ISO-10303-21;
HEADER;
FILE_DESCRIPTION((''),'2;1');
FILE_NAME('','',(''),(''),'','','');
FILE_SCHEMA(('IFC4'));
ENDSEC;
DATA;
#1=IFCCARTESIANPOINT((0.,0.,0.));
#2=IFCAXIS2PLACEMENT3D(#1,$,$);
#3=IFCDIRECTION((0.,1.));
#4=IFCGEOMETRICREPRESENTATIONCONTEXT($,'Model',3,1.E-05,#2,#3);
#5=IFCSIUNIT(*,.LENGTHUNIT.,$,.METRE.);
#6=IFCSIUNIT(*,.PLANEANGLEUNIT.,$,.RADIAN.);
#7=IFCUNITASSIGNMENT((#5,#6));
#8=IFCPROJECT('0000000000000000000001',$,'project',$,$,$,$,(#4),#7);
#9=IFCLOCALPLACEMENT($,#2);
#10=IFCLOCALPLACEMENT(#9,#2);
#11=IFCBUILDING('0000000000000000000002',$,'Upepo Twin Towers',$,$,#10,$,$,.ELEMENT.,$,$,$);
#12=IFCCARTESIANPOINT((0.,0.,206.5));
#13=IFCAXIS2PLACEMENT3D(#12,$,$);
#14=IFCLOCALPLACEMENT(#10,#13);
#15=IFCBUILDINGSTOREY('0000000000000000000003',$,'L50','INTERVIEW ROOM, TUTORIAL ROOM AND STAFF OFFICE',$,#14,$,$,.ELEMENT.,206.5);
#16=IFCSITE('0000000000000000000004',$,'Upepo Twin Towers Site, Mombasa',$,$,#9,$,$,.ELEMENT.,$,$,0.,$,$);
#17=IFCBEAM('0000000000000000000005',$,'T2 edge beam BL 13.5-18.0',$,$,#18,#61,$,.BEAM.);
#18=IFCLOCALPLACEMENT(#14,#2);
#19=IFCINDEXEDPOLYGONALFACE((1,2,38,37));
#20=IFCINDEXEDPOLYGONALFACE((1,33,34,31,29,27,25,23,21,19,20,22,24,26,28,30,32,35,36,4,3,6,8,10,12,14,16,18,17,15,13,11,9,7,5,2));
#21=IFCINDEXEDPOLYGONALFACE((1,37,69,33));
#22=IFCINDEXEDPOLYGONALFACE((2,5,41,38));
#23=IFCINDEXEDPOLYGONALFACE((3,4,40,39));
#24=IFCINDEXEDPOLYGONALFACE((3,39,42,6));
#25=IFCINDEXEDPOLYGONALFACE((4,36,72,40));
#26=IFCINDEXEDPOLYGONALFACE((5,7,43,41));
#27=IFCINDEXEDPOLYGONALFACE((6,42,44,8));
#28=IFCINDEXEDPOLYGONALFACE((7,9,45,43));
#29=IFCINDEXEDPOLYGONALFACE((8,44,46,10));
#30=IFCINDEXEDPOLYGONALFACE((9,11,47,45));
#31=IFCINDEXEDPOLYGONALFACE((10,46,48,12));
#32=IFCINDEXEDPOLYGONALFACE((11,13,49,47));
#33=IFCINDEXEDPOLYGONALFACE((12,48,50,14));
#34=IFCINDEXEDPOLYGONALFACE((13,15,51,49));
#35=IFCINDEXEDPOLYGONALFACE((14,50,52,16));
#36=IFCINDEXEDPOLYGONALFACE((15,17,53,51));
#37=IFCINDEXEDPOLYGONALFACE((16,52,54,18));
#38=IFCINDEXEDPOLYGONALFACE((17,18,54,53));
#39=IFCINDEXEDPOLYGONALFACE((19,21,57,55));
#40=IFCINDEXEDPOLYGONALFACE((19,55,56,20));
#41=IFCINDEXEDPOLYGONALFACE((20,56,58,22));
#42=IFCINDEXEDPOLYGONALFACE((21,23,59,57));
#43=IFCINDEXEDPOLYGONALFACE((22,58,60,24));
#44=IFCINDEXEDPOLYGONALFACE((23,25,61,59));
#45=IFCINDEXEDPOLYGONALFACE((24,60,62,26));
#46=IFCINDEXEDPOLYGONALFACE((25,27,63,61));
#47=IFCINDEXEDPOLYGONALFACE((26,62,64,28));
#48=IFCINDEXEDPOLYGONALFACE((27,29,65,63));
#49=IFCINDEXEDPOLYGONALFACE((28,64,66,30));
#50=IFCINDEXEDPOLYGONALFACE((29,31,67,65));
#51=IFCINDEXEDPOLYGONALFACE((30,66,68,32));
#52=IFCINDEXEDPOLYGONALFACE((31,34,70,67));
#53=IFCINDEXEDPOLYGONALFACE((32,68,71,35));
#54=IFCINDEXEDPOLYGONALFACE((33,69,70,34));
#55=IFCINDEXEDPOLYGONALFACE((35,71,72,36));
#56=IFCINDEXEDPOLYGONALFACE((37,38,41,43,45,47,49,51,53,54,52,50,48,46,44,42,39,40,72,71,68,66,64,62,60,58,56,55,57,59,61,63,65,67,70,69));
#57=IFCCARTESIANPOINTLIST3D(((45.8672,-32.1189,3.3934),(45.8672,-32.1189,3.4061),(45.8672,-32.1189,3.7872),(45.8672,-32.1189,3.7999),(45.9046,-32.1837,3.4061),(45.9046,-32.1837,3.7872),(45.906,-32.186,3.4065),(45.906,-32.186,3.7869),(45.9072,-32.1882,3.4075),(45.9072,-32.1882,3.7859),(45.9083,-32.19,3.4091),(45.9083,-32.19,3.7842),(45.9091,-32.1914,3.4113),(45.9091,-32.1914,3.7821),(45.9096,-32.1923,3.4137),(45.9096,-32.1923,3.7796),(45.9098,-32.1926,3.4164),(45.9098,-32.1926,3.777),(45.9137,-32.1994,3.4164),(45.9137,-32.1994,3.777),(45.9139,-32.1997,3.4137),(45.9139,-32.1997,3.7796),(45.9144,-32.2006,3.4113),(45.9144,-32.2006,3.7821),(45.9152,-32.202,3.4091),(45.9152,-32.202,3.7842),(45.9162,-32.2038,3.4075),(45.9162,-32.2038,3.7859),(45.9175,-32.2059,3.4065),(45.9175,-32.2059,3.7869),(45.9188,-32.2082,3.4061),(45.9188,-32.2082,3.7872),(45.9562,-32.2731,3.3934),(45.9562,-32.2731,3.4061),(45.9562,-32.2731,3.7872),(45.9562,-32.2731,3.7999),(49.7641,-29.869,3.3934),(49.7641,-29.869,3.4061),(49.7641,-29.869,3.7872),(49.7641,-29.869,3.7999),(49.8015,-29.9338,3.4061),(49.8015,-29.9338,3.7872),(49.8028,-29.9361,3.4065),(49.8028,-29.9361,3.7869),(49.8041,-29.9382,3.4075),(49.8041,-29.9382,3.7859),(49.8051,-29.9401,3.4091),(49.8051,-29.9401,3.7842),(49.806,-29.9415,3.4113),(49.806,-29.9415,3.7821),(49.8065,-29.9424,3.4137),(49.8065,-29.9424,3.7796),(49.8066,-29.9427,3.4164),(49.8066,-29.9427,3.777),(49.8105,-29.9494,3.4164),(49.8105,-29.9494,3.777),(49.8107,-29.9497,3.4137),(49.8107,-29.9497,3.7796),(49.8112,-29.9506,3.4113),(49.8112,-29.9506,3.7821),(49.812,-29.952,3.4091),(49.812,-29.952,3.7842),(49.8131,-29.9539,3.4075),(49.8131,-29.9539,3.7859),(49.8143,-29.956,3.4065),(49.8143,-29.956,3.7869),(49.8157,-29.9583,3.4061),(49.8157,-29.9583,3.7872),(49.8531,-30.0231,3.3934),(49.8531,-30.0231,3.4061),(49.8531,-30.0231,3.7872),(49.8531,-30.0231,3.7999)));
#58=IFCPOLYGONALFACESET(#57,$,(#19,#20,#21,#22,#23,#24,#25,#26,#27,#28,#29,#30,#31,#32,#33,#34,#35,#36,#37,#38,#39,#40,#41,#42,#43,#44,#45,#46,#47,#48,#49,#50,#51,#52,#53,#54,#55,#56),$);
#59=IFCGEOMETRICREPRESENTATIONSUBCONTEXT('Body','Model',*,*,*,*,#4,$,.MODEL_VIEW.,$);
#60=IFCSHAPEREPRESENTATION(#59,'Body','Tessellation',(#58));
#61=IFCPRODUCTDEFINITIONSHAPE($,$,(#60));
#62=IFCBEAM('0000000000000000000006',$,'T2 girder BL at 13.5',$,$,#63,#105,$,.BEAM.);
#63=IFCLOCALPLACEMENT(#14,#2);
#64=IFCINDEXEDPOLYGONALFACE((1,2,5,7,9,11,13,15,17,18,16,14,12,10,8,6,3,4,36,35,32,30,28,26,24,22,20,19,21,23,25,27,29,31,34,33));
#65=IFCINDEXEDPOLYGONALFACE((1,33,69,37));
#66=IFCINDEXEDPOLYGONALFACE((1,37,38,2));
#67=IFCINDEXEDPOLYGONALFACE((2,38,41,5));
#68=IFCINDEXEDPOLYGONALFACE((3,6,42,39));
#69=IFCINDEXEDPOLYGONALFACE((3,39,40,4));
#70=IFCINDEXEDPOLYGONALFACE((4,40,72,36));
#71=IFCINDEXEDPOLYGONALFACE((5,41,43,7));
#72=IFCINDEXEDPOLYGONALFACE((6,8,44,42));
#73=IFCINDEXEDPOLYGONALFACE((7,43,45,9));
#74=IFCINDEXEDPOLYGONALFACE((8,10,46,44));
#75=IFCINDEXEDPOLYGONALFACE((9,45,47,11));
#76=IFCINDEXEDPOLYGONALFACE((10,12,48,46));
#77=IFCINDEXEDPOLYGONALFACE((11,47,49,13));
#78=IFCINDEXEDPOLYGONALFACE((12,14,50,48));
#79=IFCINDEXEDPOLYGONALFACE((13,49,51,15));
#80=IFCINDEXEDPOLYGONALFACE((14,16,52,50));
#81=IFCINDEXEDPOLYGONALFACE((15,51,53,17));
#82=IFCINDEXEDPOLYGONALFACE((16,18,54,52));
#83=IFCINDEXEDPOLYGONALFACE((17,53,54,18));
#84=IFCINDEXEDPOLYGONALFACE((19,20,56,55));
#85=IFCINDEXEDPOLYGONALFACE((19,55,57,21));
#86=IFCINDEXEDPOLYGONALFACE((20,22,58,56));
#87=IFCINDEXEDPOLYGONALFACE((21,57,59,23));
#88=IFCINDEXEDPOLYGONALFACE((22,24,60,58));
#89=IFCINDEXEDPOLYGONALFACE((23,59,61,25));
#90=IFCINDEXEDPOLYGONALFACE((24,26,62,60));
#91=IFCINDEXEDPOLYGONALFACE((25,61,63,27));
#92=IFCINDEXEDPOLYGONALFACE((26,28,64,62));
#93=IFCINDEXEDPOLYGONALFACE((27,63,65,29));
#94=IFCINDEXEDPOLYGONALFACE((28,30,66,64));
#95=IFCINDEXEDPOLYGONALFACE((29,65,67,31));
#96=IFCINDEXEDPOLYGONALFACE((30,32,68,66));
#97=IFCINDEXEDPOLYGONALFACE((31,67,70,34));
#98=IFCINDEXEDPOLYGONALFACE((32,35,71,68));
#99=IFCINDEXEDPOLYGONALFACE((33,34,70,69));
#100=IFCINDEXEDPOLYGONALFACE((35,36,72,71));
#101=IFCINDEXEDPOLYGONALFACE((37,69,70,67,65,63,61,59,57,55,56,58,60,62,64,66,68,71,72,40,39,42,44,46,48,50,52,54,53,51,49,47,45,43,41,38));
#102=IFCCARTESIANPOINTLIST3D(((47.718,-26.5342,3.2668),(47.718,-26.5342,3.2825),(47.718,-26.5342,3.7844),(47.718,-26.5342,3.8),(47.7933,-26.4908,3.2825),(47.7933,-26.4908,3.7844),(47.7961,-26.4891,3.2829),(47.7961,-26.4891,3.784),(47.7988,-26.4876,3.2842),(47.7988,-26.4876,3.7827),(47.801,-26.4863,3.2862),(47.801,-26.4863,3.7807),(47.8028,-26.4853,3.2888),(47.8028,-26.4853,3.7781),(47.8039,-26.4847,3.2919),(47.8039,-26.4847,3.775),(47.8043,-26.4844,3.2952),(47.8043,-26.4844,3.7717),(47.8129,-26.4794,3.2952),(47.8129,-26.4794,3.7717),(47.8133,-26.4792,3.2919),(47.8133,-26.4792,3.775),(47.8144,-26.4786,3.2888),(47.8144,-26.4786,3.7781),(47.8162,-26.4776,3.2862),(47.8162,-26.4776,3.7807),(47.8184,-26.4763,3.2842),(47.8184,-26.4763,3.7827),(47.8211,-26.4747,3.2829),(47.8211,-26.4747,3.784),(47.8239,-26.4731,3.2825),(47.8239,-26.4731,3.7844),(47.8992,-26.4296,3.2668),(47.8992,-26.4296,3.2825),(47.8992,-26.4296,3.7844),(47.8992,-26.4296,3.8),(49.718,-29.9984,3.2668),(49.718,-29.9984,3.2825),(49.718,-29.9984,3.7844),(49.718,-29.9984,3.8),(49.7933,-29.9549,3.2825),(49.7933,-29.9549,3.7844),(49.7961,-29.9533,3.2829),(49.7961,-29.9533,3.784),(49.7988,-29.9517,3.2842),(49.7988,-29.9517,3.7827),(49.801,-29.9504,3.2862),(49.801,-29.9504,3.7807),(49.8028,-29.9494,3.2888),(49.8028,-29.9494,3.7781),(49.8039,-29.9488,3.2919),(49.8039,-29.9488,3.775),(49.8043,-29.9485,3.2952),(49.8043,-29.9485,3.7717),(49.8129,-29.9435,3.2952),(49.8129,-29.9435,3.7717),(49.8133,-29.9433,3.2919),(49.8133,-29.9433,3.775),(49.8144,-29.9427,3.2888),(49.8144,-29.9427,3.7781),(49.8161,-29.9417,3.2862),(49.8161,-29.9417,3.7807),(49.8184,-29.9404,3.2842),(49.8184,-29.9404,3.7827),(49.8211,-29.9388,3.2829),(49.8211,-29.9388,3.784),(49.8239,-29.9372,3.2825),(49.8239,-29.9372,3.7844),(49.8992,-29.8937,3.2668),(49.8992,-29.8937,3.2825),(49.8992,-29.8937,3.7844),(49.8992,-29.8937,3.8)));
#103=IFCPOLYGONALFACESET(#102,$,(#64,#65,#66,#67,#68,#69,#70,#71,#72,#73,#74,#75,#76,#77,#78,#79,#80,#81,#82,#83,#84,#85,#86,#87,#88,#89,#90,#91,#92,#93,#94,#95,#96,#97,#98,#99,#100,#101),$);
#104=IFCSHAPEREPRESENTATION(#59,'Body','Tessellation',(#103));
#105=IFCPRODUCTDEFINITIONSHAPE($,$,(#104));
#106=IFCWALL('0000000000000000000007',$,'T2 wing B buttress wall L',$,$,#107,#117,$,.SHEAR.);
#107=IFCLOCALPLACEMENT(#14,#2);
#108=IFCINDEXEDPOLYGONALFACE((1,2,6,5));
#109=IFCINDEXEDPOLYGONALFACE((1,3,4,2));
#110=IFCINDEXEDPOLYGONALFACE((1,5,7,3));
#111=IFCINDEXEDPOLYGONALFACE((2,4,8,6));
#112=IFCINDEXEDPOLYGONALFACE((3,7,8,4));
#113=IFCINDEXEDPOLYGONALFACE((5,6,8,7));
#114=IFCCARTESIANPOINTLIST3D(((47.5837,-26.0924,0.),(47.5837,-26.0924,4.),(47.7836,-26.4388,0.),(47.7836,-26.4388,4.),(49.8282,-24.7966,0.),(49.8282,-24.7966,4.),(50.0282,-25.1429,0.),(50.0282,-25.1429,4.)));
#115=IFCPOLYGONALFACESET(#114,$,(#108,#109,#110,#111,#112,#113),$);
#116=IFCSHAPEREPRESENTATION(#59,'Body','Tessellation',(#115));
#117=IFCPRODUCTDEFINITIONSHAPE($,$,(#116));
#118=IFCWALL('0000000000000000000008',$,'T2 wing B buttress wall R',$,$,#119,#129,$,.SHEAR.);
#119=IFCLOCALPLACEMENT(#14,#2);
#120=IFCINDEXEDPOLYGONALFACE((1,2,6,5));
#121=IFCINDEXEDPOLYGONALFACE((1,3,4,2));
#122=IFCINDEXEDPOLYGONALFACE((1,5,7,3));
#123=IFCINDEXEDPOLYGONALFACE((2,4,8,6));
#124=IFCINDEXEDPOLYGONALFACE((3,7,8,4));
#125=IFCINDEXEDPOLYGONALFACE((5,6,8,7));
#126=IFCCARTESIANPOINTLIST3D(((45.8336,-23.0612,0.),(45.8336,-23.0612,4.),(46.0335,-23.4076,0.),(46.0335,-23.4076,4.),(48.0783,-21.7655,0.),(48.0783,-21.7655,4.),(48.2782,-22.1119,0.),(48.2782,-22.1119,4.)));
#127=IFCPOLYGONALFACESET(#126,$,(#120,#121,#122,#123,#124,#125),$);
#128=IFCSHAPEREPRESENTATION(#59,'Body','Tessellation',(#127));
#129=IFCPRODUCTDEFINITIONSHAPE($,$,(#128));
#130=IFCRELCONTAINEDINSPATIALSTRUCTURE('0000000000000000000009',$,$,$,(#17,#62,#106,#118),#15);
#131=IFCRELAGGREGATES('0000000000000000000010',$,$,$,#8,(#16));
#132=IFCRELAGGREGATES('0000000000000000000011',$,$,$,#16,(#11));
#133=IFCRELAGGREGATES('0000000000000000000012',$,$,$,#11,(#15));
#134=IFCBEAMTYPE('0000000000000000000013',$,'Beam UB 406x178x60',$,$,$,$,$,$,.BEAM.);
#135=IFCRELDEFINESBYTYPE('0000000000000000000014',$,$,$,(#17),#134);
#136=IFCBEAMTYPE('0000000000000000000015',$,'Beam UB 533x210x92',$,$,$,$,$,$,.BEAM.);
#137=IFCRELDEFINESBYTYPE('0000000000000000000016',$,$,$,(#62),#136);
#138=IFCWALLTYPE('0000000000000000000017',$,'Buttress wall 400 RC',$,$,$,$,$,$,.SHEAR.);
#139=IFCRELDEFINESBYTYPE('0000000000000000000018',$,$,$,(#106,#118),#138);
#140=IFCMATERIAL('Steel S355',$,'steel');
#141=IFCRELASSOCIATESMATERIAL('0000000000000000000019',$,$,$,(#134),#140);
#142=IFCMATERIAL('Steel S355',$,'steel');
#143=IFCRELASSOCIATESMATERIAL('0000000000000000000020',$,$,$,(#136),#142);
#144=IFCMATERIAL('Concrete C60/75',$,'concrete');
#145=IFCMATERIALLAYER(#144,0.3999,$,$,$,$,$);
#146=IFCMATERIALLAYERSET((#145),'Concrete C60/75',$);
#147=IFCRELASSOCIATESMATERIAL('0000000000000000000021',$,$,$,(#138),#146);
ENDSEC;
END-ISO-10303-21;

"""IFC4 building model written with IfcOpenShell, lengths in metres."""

from ifc_helpers import new_model, si_unit, direction, frame, frame_2d, origin, origin_2d, place, context, subcontext, project, spatial, rectangle, i_section, extrude, material, layer, layer_set, material_profile, profile_set, type_object, element, save


model = new_model("IFC4")

# Units and contexts
model_context = context("Model", 3, precision=1e-05, world=origin(), true_north=direction((0.0, 1.0)))
body_context = subcontext(model_context, "Body", "Model", "MODEL_VIEW")
ifc_project = project(units=[si_unit("LENGTHUNIT", "METRE"), si_unit("PLANEANGLEUNIT", "RADIAN")], contexts=[model_context])

# Site, building, storey
site_placement = place(None, origin())
site = spatial("IfcSite", under=ifc_project, at=site_placement, Name="Upepo Twin Towers Site, Mombasa", CompositionType="ELEMENT", RefElevation=0.0)
building_placement = place(site_placement, origin())
building = spatial("IfcBuilding", under=site, at=building_placement, Name="Upepo Twin Towers", CompositionType="ELEMENT")
storey_placement = place(building_placement, frame((0.0, 0.0, 206.5)))
storey = spatial("IfcBuildingStorey", under=building, at=storey_placement, Name="L50", Description="INTERVIEW ROOM, TUTORIAL ROOM AND STAFF OFFICE", CompositionType="ELEMENT", Elevation=206.5)

# Beams
ifc_material_1 = material(Name="Steel S355", Category="steel")
ifc_material_profile_1 = material_profile(ifc_material_1, i_section(OverallWidth=0.178, OverallDepth=0.4065, WebThickness=0.0078, FlangeThickness=0.0127, FilletRadius=0.0103, at=origin_2d()), Name="UB 406x178x60")
ifc_profile_set_1 = profile_set([ifc_material_profile_1], Name="Steel S355")
beam_type_1 = type_object("IfcBeamType", Name="Beam UB 406x178x60", PredefinedType="BEAM", material=ifc_profile_set_1)
beam_1_placement = place(storey_placement, frame((49.8086, -29.946, 3.5967), z_axis=(-0.866018, -0.500014, 0.0), x_axis=(0.500014, -0.866018, 0.0)))
element("IfcBeam", 1, at=beam_1_placement, inside=storey, type_object=beam_type_1, Name="T2 edge beam BL 13.5-18.0", PredefinedType="BEAM", context=body_context, shape_type="SweptSolid", body=[
    extrude(i_section(OverallWidth=0.178, OverallDepth=0.4065, WebThickness=0.0078, FlangeThickness=0.0127, FilletRadius=0.0103, at=origin_2d()), origin(), (0.0, 0.0, 1.0), 4.4998),
])
ifc_material_2 = material(Name="Steel S355", Category="steel")
ifc_material_profile_2 = material_profile(ifc_material_2, i_section(OverallWidth=0.2092, OverallDepth=0.5332, WebThickness=0.01, FlangeThickness=0.0156, FilletRadius=0.0127, at=origin_2d()), Name="UB 533x210x92")
ifc_profile_set_2 = profile_set([ifc_material_profile_2], Name="Steel S355")
beam_type_2 = type_object("IfcBeamType", Name="Beam UB 533x210x92", PredefinedType="BEAM", material=ifc_profile_set_2)
beam_2_placement = place(storey_placement, frame((49.8086, -29.946, 3.5334), z_axis=(-0.499999, 0.866026, 0.0), x_axis=(-0.866026, -0.499999, 0.0)))
element("IfcBeam", 2, at=beam_2_placement, inside=storey, type_object=beam_type_2, Name="T2 girder BL at 13.5", PredefinedType="BEAM", context=body_context, shape_type="SweptSolid", body=[
    extrude(i_section(OverallWidth=0.2092, OverallDepth=0.5332, WebThickness=0.01, FlangeThickness=0.0156, FilletRadius=0.0127, at=origin_2d()), origin(), (0.0, 0.0, 1.0), 4.0),
])

# Walls
ifc_material_3 = material(Name="Concrete C60/75", Category="concrete")
ifc_layer_1 = layer(ifc_material_3, 0.3999)
ifc_layer_set_1 = layer_set([ifc_layer_1], Name="Concrete C60/75")
wall_type_1 = type_object("IfcWallType", Name="Buttress wall 400 RC", PredefinedType="SHEAR", material=ifc_layer_set_1)
for number, where, z_axis, x_axis, name in (
    (3, (49.9282, -24.9697, 0.0), (0.0, 0.0, 1.0), (-0.866032, -0.499989, 0.0), "T2 wing B buttress wall L"),
    (4, (48.1782, -21.9387, 0.0), (0.0, 0.0, 1.0), (-0.866073, -0.499918, 0.0), "T2 wing B buttress wall R"),
):
    element("IfcWall", number, at=place(storey_placement, frame(where, z_axis=z_axis, x_axis=x_axis)), inside=storey, type_object=wall_type_1, Name=name, PredefinedType="SHEAR", context=body_context, shape_type="SweptSolid", body=[
        extrude(rectangle(XDim=2.5918, YDim=0.3999, at=frame_2d((1.2959, 0.0))), origin(), (0.0, 0.0, 1.0), 4.0),
    ])

save(model, "model.ifc")
